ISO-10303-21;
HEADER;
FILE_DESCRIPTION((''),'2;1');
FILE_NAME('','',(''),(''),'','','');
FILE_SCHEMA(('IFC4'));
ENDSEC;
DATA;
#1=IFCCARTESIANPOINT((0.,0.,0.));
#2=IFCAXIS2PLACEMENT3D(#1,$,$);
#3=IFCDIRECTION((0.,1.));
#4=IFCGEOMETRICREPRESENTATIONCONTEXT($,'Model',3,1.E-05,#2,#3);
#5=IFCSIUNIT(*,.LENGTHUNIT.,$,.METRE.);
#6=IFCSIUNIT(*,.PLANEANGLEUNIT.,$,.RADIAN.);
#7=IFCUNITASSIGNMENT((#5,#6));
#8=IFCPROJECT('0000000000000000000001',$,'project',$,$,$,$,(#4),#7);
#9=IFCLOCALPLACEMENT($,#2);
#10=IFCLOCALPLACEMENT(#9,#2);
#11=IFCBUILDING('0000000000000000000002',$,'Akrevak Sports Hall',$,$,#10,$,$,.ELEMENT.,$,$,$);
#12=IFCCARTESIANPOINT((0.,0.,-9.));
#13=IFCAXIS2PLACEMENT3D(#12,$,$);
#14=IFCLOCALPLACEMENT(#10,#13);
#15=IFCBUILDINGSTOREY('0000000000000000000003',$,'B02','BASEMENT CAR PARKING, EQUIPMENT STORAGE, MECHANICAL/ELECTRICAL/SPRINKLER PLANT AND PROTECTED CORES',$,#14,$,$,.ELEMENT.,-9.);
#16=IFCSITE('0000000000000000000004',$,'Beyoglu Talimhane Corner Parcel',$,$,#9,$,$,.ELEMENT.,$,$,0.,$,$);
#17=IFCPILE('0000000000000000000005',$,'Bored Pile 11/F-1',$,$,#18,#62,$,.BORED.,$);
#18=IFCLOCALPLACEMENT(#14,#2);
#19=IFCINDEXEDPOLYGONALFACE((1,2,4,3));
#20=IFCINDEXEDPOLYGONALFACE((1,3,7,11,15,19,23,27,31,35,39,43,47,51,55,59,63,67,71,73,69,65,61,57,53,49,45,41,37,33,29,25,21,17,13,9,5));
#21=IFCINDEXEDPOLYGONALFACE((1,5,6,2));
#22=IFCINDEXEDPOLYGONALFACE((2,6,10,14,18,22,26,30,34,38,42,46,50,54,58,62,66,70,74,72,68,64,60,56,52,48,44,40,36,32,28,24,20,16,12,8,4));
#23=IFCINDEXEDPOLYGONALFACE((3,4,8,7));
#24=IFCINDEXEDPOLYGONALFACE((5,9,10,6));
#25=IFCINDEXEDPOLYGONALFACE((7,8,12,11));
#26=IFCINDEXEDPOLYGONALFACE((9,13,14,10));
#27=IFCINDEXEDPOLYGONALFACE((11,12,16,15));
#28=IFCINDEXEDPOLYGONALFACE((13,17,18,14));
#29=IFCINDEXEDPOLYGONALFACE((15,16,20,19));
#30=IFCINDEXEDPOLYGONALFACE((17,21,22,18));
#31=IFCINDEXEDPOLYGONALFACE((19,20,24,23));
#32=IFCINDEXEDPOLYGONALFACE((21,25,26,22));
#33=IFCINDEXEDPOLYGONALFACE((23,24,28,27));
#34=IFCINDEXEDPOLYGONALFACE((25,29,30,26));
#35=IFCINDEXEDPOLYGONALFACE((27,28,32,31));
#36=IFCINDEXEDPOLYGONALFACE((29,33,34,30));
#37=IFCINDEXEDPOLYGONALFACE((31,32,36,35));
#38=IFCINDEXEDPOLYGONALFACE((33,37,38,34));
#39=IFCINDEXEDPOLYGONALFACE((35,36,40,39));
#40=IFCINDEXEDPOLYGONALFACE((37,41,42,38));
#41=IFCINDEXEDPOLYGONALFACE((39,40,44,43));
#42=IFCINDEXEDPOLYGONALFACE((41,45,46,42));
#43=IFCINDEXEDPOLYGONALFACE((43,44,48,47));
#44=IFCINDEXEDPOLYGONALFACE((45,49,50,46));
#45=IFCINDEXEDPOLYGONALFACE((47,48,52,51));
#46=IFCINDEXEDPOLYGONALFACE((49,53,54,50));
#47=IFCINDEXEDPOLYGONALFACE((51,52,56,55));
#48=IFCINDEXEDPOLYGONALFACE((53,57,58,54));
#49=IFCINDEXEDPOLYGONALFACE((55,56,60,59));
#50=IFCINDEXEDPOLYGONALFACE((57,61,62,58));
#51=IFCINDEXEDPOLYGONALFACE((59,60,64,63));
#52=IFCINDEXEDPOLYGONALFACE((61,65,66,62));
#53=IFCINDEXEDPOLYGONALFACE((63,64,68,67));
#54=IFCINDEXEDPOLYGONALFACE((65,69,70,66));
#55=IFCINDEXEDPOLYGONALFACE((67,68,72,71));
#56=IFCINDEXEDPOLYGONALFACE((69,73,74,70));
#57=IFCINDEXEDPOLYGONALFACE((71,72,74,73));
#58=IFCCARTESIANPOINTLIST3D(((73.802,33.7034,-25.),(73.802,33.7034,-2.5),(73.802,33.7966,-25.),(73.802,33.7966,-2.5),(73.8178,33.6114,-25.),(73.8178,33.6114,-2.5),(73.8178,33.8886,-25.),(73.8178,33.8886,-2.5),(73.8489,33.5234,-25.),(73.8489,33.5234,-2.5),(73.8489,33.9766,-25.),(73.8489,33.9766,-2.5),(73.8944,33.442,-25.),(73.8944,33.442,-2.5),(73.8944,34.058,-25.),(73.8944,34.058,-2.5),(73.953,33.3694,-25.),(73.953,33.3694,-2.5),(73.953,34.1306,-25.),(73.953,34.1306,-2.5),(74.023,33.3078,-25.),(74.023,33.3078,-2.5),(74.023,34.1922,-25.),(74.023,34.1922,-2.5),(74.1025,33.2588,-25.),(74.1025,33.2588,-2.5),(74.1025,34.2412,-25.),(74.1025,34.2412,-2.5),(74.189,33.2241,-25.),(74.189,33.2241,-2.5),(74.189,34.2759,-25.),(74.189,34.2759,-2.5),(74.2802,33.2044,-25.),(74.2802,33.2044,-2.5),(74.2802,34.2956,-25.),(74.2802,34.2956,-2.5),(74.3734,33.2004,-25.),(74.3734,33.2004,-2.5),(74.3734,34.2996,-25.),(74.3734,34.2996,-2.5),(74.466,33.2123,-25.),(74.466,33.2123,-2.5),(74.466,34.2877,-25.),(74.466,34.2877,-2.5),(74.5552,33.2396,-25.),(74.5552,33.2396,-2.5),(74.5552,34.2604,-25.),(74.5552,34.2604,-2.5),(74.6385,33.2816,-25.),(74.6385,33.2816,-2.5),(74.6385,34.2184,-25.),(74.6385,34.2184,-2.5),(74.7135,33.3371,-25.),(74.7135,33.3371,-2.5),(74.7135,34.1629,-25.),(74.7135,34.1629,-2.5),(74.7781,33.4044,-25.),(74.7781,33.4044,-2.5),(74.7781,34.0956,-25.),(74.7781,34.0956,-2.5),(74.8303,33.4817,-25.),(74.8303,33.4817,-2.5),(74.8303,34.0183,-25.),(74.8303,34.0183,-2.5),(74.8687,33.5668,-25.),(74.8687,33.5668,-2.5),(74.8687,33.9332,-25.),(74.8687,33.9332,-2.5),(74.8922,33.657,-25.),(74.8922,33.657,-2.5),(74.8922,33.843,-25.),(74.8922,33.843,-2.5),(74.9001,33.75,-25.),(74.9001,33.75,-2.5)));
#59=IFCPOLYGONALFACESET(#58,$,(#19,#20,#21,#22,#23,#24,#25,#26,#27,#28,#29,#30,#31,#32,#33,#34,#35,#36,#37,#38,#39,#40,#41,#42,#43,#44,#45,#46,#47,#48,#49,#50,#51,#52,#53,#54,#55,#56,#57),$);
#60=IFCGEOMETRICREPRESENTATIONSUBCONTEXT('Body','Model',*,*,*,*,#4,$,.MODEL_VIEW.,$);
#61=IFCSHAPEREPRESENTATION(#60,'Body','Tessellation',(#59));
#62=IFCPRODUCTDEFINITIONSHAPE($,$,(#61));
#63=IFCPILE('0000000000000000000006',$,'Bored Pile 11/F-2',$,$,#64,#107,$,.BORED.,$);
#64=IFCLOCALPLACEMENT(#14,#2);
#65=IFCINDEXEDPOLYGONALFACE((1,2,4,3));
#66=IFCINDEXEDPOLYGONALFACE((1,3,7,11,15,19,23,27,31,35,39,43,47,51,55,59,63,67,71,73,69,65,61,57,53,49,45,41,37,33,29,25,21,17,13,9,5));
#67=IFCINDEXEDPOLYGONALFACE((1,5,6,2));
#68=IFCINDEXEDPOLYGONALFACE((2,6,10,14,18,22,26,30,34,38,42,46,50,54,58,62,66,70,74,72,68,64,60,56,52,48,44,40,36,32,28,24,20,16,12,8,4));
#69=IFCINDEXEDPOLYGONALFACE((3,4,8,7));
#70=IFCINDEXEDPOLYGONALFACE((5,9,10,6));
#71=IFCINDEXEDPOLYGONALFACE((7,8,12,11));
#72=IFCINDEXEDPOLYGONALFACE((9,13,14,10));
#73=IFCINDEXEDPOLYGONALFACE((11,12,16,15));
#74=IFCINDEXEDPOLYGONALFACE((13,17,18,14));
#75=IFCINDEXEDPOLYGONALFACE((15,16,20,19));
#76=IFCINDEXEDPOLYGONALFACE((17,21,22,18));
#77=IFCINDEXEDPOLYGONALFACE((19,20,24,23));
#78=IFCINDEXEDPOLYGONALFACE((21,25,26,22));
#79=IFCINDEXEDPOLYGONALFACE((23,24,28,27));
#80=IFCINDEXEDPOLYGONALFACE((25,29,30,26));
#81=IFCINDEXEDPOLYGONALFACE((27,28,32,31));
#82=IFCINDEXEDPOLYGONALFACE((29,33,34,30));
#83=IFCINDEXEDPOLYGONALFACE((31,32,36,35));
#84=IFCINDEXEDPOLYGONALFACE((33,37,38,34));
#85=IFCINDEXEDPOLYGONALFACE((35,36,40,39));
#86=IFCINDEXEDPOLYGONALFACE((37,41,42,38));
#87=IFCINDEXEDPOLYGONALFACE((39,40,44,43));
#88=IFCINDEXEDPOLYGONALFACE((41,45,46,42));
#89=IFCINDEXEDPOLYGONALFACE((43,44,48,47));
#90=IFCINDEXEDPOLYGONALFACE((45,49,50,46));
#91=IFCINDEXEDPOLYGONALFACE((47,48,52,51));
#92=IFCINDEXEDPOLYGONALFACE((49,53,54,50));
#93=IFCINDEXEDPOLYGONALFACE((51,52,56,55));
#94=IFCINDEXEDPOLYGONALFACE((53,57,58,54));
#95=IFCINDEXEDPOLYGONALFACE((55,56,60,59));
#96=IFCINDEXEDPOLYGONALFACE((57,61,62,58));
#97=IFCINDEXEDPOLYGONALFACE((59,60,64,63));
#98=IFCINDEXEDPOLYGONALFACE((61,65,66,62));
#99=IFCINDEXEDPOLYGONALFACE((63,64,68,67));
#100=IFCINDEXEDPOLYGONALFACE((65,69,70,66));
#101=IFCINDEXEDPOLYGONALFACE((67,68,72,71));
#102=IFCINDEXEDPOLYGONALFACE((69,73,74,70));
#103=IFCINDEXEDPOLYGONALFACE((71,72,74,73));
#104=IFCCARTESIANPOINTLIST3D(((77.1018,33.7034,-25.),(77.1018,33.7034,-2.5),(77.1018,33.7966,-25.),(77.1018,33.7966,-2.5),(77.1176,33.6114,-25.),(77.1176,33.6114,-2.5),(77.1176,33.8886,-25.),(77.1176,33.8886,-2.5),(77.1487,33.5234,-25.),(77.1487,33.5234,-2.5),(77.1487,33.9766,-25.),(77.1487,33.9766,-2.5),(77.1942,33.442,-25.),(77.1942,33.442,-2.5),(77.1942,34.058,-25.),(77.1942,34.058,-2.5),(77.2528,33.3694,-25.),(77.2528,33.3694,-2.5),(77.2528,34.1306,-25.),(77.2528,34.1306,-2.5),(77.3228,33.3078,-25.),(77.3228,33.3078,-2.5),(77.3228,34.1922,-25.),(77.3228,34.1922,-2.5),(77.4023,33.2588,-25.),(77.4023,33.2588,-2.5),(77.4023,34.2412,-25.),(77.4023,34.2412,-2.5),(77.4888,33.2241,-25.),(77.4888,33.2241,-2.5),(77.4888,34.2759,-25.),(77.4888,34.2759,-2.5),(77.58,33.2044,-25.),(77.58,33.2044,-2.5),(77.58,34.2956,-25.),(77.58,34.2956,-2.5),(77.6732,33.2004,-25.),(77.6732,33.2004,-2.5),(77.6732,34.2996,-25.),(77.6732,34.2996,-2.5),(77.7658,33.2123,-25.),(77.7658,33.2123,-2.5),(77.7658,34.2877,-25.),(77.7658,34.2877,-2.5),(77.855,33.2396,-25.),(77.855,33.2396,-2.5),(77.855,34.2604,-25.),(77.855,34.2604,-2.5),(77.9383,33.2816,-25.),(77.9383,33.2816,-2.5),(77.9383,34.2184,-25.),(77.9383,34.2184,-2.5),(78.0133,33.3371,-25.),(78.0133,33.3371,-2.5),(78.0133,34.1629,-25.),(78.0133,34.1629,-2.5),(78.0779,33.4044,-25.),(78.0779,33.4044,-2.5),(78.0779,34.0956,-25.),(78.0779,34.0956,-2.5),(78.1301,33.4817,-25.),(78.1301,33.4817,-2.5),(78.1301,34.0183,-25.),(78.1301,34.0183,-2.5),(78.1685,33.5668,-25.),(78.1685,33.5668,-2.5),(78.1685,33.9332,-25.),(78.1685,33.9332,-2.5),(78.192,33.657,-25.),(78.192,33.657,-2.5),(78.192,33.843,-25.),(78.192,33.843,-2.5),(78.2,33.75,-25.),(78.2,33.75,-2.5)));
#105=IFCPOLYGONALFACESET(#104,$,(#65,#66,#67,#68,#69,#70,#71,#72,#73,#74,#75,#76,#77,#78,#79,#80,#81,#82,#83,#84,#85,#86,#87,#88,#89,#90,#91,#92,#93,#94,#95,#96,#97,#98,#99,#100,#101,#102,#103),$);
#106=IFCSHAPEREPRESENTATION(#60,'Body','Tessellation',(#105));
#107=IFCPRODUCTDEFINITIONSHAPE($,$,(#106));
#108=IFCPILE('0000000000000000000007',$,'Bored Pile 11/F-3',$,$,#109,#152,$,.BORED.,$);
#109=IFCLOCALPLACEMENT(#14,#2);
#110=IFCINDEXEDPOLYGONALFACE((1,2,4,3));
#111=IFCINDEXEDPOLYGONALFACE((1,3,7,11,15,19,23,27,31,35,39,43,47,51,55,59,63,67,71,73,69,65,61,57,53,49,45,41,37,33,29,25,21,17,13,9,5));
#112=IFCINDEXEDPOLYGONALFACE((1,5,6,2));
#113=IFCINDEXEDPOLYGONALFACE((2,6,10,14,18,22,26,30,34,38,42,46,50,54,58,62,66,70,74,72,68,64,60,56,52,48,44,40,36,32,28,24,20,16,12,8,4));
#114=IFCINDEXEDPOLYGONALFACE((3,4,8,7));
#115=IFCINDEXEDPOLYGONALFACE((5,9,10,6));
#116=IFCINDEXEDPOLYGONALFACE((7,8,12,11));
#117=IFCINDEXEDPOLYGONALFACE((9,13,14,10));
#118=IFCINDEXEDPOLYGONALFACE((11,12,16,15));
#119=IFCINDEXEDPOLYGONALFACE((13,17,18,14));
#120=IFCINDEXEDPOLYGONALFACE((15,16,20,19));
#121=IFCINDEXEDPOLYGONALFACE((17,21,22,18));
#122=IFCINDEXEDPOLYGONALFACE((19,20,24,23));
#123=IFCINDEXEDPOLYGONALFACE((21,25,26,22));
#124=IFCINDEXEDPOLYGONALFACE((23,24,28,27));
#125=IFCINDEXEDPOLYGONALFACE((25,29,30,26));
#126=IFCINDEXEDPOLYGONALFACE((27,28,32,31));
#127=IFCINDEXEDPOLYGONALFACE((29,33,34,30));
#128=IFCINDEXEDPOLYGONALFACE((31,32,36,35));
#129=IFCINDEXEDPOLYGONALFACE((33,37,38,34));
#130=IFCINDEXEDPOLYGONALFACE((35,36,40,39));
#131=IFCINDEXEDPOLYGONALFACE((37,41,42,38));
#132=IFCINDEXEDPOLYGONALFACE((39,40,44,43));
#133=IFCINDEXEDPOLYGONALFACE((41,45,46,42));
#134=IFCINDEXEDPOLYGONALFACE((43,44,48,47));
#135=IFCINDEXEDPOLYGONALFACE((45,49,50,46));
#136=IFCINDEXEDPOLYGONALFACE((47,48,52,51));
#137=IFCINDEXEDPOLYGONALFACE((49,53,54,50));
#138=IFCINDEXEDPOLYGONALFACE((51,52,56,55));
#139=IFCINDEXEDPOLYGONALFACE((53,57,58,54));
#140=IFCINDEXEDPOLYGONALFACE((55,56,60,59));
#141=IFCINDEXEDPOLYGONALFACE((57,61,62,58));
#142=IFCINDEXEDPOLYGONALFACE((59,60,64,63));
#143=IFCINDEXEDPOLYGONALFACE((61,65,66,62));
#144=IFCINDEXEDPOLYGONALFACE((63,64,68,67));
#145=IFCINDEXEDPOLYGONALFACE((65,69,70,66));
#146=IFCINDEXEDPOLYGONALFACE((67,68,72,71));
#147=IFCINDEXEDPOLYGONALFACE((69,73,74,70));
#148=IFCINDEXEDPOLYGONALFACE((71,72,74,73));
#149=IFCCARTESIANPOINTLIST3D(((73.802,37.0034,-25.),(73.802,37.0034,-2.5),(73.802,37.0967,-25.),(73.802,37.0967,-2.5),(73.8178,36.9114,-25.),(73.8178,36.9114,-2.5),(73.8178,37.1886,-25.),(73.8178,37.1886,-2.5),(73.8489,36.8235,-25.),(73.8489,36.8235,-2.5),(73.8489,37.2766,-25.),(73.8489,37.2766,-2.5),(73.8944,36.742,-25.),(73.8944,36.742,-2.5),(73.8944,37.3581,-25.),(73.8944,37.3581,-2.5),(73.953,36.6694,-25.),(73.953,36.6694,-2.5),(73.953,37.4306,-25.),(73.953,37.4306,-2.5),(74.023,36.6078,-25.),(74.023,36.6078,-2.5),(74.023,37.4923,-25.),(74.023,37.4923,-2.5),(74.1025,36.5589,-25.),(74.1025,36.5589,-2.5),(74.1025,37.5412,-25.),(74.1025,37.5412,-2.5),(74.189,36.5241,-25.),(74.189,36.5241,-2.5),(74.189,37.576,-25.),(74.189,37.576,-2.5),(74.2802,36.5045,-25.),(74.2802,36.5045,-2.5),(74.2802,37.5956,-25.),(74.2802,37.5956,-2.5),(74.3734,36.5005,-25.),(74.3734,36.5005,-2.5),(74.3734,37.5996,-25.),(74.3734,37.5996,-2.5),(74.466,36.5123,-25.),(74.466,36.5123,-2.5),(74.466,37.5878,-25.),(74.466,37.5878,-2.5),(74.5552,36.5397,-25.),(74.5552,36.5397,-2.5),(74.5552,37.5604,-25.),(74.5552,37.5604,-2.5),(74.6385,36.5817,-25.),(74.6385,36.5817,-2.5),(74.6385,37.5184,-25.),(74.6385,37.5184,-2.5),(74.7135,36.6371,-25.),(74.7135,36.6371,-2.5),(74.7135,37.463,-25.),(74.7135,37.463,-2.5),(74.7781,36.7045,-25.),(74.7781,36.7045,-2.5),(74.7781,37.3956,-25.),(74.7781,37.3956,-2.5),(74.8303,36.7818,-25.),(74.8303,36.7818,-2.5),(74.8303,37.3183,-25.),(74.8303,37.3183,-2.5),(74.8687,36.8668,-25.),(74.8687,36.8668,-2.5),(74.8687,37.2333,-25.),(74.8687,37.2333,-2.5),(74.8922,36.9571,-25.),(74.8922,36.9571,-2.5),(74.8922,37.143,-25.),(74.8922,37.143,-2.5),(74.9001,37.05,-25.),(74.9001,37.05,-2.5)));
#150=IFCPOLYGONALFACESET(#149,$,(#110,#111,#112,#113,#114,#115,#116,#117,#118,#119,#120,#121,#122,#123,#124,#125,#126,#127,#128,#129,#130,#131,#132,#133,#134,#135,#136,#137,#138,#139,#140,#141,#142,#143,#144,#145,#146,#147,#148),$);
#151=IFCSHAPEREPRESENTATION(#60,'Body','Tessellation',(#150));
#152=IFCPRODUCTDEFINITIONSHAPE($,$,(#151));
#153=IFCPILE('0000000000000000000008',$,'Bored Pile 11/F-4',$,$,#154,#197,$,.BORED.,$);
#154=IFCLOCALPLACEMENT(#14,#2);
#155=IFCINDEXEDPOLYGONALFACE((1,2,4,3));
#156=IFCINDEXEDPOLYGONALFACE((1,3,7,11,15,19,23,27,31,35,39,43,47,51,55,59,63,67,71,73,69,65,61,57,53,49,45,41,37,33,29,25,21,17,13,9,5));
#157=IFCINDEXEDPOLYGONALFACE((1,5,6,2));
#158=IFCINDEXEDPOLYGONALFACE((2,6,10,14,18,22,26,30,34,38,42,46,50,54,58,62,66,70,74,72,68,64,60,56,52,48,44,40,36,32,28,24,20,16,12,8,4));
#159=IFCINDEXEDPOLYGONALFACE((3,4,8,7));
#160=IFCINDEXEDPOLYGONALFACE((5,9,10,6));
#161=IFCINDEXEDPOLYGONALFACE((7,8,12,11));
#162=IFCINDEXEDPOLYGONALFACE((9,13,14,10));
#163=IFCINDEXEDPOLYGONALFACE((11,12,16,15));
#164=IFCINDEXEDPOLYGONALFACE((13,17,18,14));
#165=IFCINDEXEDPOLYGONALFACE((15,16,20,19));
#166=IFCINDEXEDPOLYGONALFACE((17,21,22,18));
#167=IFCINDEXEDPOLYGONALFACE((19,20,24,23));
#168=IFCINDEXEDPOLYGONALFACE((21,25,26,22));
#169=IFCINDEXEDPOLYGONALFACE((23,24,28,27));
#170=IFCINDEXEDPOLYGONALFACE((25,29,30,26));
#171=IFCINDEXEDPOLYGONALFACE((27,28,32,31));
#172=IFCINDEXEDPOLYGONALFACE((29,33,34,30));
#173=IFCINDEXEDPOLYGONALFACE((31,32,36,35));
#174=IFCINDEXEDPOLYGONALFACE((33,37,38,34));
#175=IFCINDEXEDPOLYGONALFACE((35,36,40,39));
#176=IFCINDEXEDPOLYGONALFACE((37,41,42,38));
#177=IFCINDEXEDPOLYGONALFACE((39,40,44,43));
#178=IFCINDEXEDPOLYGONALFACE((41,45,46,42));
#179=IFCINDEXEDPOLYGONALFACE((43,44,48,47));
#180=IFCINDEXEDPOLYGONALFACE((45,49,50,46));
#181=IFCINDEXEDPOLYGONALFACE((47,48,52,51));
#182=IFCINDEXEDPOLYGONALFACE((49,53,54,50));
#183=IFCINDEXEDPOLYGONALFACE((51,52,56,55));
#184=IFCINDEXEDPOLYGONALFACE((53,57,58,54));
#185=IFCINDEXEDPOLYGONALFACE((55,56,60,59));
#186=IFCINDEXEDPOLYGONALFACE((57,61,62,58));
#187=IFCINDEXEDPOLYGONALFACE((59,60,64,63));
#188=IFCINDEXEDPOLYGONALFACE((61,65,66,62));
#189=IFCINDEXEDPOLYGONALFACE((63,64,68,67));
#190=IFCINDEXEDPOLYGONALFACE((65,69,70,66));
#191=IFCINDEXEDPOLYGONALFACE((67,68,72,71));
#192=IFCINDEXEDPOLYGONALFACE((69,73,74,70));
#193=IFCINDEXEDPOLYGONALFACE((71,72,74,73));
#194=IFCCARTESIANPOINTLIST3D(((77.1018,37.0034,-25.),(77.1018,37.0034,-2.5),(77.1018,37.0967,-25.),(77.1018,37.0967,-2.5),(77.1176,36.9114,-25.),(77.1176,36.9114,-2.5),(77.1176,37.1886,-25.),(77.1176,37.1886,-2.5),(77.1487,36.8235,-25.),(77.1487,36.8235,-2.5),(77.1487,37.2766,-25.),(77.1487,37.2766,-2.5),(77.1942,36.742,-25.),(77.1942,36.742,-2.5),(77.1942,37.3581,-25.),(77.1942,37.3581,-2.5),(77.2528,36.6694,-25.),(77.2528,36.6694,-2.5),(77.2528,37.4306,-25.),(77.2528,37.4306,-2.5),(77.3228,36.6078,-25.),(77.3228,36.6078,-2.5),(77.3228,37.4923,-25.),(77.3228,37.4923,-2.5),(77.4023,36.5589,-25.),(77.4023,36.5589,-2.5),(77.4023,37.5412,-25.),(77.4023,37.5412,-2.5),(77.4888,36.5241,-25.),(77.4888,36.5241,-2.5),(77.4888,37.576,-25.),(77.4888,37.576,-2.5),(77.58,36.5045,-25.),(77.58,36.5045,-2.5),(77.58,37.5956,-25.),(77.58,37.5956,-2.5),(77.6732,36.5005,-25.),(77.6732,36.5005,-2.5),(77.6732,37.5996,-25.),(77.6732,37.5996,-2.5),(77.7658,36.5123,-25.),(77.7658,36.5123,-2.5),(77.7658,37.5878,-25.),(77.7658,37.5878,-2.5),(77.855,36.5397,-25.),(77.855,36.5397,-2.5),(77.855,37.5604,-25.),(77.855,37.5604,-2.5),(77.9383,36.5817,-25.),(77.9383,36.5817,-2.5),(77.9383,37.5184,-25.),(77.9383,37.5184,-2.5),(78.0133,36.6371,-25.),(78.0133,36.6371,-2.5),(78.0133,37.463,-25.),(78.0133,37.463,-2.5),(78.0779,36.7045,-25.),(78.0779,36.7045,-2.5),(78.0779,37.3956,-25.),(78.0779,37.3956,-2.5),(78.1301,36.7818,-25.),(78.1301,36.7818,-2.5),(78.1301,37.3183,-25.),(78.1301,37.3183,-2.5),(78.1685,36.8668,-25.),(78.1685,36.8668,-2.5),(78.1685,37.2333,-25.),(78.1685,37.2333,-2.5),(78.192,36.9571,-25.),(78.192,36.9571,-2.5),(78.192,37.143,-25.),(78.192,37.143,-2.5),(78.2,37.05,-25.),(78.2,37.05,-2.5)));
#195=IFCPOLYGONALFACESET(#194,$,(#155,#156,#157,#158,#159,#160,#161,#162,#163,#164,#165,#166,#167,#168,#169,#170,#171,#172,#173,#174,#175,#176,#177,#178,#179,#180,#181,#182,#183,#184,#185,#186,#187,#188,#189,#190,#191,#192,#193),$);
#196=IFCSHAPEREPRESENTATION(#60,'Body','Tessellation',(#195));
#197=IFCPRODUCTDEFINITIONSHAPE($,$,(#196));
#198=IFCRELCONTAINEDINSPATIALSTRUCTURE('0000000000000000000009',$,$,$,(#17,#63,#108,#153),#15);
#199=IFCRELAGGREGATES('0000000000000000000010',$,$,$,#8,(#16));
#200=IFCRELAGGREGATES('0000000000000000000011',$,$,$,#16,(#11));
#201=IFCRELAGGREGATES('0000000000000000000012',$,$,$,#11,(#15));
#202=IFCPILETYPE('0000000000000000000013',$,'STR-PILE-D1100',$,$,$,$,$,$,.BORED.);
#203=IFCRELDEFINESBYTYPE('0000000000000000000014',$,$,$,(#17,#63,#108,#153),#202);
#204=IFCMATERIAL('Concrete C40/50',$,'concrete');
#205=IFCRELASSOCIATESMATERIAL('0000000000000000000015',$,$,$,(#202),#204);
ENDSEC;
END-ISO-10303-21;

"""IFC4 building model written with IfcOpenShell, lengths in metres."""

from ifc_helpers import new_model, si_unit, direction, frame, origin, origin_2d, place, context, subcontext, project, spatial, circle, extrude, material, material_profile, profile_set, type_object, element, save


model = new_model("IFC4")

# Units and contexts
model_context = context("Model", 3, precision=1e-05, world=origin(), true_north=direction((0.0, 1.0)))
body_context = subcontext(model_context, "Body", "Model", "MODEL_VIEW")
ifc_project = project(units=[si_unit("LENGTHUNIT", "METRE"), si_unit("PLANEANGLEUNIT", "RADIAN")], contexts=[model_context])

# Site, building, storey
site_placement = place(None, origin())
site = spatial("IfcSite", under=ifc_project, at=site_placement, Name="Beyoglu Talimhane Corner Parcel", CompositionType="ELEMENT", RefElevation=0.0)
building_placement = place(site_placement, origin())
building = spatial("IfcBuilding", under=site, at=building_placement, Name="Akrevak Sports Hall", CompositionType="ELEMENT")
storey_placement = place(building_placement, frame((0.0, 0.0, -9.0)))
storey = spatial("IfcBuildingStorey", under=building, at=storey_placement, Name="B02", Description="BASEMENT CAR PARKING, EQUIPMENT STORAGE, MECHANICAL/ELECTRICAL/SPRINKLER PLANT AND PROTECTED CORES", CompositionType="ELEMENT", Elevation=-9.0)

# Shared definitions
ifc_material_1 = material(Name="Concrete C40/50", Category="concrete")

# Piles
ifc_material_profile_1 = material_profile(ifc_material_1, circle(Radius=0.55, at=origin_2d()), Name="BORED PILE D1100", Category="concrete")
ifc_profile_set_1 = profile_set([ifc_material_profile_1], Name="Concrete C40/50")
pile_type_1 = type_object("IfcPileType", Name="STR-PILE-D1100", PredefinedType="BORED", material=ifc_profile_set_1)
for number, where, z_axis, x_axis, name in (
    (1, (74.3501, 33.75, -2.5), (0.0, 0.0, -1.0), (1.0, 0.0, 0.0), "Bored Pile 11/F-1"),
    (2, (77.6499, 33.75, -2.5), (0.0, 0.0, -1.0), (1.0, 0.0, 0.0), "Bored Pile 11/F-2"),
    (3, (74.3501, 37.05, -2.5), (0.0, 0.0, -1.0), (1.0, 0.0, 0.0), "Bored Pile 11/F-3"),
    (4, (77.6499, 37.05, -2.5), (0.0, 0.0, -1.0), (1.0, 0.0, 0.0), "Bored Pile 11/F-4"),
):
    element("IfcPile", number, at=place(storey_placement, frame(where, z_axis=z_axis, x_axis=x_axis)), inside=storey, type_object=pile_type_1, Name=name, PredefinedType="BORED", context=body_context, shape_type="SweptSolid", body=[
        extrude(circle(Radius=0.55, at=origin_2d()), origin(), (0.0, 0.0, 1.0), 22.5),
    ])

save(model, "model.ifc")
